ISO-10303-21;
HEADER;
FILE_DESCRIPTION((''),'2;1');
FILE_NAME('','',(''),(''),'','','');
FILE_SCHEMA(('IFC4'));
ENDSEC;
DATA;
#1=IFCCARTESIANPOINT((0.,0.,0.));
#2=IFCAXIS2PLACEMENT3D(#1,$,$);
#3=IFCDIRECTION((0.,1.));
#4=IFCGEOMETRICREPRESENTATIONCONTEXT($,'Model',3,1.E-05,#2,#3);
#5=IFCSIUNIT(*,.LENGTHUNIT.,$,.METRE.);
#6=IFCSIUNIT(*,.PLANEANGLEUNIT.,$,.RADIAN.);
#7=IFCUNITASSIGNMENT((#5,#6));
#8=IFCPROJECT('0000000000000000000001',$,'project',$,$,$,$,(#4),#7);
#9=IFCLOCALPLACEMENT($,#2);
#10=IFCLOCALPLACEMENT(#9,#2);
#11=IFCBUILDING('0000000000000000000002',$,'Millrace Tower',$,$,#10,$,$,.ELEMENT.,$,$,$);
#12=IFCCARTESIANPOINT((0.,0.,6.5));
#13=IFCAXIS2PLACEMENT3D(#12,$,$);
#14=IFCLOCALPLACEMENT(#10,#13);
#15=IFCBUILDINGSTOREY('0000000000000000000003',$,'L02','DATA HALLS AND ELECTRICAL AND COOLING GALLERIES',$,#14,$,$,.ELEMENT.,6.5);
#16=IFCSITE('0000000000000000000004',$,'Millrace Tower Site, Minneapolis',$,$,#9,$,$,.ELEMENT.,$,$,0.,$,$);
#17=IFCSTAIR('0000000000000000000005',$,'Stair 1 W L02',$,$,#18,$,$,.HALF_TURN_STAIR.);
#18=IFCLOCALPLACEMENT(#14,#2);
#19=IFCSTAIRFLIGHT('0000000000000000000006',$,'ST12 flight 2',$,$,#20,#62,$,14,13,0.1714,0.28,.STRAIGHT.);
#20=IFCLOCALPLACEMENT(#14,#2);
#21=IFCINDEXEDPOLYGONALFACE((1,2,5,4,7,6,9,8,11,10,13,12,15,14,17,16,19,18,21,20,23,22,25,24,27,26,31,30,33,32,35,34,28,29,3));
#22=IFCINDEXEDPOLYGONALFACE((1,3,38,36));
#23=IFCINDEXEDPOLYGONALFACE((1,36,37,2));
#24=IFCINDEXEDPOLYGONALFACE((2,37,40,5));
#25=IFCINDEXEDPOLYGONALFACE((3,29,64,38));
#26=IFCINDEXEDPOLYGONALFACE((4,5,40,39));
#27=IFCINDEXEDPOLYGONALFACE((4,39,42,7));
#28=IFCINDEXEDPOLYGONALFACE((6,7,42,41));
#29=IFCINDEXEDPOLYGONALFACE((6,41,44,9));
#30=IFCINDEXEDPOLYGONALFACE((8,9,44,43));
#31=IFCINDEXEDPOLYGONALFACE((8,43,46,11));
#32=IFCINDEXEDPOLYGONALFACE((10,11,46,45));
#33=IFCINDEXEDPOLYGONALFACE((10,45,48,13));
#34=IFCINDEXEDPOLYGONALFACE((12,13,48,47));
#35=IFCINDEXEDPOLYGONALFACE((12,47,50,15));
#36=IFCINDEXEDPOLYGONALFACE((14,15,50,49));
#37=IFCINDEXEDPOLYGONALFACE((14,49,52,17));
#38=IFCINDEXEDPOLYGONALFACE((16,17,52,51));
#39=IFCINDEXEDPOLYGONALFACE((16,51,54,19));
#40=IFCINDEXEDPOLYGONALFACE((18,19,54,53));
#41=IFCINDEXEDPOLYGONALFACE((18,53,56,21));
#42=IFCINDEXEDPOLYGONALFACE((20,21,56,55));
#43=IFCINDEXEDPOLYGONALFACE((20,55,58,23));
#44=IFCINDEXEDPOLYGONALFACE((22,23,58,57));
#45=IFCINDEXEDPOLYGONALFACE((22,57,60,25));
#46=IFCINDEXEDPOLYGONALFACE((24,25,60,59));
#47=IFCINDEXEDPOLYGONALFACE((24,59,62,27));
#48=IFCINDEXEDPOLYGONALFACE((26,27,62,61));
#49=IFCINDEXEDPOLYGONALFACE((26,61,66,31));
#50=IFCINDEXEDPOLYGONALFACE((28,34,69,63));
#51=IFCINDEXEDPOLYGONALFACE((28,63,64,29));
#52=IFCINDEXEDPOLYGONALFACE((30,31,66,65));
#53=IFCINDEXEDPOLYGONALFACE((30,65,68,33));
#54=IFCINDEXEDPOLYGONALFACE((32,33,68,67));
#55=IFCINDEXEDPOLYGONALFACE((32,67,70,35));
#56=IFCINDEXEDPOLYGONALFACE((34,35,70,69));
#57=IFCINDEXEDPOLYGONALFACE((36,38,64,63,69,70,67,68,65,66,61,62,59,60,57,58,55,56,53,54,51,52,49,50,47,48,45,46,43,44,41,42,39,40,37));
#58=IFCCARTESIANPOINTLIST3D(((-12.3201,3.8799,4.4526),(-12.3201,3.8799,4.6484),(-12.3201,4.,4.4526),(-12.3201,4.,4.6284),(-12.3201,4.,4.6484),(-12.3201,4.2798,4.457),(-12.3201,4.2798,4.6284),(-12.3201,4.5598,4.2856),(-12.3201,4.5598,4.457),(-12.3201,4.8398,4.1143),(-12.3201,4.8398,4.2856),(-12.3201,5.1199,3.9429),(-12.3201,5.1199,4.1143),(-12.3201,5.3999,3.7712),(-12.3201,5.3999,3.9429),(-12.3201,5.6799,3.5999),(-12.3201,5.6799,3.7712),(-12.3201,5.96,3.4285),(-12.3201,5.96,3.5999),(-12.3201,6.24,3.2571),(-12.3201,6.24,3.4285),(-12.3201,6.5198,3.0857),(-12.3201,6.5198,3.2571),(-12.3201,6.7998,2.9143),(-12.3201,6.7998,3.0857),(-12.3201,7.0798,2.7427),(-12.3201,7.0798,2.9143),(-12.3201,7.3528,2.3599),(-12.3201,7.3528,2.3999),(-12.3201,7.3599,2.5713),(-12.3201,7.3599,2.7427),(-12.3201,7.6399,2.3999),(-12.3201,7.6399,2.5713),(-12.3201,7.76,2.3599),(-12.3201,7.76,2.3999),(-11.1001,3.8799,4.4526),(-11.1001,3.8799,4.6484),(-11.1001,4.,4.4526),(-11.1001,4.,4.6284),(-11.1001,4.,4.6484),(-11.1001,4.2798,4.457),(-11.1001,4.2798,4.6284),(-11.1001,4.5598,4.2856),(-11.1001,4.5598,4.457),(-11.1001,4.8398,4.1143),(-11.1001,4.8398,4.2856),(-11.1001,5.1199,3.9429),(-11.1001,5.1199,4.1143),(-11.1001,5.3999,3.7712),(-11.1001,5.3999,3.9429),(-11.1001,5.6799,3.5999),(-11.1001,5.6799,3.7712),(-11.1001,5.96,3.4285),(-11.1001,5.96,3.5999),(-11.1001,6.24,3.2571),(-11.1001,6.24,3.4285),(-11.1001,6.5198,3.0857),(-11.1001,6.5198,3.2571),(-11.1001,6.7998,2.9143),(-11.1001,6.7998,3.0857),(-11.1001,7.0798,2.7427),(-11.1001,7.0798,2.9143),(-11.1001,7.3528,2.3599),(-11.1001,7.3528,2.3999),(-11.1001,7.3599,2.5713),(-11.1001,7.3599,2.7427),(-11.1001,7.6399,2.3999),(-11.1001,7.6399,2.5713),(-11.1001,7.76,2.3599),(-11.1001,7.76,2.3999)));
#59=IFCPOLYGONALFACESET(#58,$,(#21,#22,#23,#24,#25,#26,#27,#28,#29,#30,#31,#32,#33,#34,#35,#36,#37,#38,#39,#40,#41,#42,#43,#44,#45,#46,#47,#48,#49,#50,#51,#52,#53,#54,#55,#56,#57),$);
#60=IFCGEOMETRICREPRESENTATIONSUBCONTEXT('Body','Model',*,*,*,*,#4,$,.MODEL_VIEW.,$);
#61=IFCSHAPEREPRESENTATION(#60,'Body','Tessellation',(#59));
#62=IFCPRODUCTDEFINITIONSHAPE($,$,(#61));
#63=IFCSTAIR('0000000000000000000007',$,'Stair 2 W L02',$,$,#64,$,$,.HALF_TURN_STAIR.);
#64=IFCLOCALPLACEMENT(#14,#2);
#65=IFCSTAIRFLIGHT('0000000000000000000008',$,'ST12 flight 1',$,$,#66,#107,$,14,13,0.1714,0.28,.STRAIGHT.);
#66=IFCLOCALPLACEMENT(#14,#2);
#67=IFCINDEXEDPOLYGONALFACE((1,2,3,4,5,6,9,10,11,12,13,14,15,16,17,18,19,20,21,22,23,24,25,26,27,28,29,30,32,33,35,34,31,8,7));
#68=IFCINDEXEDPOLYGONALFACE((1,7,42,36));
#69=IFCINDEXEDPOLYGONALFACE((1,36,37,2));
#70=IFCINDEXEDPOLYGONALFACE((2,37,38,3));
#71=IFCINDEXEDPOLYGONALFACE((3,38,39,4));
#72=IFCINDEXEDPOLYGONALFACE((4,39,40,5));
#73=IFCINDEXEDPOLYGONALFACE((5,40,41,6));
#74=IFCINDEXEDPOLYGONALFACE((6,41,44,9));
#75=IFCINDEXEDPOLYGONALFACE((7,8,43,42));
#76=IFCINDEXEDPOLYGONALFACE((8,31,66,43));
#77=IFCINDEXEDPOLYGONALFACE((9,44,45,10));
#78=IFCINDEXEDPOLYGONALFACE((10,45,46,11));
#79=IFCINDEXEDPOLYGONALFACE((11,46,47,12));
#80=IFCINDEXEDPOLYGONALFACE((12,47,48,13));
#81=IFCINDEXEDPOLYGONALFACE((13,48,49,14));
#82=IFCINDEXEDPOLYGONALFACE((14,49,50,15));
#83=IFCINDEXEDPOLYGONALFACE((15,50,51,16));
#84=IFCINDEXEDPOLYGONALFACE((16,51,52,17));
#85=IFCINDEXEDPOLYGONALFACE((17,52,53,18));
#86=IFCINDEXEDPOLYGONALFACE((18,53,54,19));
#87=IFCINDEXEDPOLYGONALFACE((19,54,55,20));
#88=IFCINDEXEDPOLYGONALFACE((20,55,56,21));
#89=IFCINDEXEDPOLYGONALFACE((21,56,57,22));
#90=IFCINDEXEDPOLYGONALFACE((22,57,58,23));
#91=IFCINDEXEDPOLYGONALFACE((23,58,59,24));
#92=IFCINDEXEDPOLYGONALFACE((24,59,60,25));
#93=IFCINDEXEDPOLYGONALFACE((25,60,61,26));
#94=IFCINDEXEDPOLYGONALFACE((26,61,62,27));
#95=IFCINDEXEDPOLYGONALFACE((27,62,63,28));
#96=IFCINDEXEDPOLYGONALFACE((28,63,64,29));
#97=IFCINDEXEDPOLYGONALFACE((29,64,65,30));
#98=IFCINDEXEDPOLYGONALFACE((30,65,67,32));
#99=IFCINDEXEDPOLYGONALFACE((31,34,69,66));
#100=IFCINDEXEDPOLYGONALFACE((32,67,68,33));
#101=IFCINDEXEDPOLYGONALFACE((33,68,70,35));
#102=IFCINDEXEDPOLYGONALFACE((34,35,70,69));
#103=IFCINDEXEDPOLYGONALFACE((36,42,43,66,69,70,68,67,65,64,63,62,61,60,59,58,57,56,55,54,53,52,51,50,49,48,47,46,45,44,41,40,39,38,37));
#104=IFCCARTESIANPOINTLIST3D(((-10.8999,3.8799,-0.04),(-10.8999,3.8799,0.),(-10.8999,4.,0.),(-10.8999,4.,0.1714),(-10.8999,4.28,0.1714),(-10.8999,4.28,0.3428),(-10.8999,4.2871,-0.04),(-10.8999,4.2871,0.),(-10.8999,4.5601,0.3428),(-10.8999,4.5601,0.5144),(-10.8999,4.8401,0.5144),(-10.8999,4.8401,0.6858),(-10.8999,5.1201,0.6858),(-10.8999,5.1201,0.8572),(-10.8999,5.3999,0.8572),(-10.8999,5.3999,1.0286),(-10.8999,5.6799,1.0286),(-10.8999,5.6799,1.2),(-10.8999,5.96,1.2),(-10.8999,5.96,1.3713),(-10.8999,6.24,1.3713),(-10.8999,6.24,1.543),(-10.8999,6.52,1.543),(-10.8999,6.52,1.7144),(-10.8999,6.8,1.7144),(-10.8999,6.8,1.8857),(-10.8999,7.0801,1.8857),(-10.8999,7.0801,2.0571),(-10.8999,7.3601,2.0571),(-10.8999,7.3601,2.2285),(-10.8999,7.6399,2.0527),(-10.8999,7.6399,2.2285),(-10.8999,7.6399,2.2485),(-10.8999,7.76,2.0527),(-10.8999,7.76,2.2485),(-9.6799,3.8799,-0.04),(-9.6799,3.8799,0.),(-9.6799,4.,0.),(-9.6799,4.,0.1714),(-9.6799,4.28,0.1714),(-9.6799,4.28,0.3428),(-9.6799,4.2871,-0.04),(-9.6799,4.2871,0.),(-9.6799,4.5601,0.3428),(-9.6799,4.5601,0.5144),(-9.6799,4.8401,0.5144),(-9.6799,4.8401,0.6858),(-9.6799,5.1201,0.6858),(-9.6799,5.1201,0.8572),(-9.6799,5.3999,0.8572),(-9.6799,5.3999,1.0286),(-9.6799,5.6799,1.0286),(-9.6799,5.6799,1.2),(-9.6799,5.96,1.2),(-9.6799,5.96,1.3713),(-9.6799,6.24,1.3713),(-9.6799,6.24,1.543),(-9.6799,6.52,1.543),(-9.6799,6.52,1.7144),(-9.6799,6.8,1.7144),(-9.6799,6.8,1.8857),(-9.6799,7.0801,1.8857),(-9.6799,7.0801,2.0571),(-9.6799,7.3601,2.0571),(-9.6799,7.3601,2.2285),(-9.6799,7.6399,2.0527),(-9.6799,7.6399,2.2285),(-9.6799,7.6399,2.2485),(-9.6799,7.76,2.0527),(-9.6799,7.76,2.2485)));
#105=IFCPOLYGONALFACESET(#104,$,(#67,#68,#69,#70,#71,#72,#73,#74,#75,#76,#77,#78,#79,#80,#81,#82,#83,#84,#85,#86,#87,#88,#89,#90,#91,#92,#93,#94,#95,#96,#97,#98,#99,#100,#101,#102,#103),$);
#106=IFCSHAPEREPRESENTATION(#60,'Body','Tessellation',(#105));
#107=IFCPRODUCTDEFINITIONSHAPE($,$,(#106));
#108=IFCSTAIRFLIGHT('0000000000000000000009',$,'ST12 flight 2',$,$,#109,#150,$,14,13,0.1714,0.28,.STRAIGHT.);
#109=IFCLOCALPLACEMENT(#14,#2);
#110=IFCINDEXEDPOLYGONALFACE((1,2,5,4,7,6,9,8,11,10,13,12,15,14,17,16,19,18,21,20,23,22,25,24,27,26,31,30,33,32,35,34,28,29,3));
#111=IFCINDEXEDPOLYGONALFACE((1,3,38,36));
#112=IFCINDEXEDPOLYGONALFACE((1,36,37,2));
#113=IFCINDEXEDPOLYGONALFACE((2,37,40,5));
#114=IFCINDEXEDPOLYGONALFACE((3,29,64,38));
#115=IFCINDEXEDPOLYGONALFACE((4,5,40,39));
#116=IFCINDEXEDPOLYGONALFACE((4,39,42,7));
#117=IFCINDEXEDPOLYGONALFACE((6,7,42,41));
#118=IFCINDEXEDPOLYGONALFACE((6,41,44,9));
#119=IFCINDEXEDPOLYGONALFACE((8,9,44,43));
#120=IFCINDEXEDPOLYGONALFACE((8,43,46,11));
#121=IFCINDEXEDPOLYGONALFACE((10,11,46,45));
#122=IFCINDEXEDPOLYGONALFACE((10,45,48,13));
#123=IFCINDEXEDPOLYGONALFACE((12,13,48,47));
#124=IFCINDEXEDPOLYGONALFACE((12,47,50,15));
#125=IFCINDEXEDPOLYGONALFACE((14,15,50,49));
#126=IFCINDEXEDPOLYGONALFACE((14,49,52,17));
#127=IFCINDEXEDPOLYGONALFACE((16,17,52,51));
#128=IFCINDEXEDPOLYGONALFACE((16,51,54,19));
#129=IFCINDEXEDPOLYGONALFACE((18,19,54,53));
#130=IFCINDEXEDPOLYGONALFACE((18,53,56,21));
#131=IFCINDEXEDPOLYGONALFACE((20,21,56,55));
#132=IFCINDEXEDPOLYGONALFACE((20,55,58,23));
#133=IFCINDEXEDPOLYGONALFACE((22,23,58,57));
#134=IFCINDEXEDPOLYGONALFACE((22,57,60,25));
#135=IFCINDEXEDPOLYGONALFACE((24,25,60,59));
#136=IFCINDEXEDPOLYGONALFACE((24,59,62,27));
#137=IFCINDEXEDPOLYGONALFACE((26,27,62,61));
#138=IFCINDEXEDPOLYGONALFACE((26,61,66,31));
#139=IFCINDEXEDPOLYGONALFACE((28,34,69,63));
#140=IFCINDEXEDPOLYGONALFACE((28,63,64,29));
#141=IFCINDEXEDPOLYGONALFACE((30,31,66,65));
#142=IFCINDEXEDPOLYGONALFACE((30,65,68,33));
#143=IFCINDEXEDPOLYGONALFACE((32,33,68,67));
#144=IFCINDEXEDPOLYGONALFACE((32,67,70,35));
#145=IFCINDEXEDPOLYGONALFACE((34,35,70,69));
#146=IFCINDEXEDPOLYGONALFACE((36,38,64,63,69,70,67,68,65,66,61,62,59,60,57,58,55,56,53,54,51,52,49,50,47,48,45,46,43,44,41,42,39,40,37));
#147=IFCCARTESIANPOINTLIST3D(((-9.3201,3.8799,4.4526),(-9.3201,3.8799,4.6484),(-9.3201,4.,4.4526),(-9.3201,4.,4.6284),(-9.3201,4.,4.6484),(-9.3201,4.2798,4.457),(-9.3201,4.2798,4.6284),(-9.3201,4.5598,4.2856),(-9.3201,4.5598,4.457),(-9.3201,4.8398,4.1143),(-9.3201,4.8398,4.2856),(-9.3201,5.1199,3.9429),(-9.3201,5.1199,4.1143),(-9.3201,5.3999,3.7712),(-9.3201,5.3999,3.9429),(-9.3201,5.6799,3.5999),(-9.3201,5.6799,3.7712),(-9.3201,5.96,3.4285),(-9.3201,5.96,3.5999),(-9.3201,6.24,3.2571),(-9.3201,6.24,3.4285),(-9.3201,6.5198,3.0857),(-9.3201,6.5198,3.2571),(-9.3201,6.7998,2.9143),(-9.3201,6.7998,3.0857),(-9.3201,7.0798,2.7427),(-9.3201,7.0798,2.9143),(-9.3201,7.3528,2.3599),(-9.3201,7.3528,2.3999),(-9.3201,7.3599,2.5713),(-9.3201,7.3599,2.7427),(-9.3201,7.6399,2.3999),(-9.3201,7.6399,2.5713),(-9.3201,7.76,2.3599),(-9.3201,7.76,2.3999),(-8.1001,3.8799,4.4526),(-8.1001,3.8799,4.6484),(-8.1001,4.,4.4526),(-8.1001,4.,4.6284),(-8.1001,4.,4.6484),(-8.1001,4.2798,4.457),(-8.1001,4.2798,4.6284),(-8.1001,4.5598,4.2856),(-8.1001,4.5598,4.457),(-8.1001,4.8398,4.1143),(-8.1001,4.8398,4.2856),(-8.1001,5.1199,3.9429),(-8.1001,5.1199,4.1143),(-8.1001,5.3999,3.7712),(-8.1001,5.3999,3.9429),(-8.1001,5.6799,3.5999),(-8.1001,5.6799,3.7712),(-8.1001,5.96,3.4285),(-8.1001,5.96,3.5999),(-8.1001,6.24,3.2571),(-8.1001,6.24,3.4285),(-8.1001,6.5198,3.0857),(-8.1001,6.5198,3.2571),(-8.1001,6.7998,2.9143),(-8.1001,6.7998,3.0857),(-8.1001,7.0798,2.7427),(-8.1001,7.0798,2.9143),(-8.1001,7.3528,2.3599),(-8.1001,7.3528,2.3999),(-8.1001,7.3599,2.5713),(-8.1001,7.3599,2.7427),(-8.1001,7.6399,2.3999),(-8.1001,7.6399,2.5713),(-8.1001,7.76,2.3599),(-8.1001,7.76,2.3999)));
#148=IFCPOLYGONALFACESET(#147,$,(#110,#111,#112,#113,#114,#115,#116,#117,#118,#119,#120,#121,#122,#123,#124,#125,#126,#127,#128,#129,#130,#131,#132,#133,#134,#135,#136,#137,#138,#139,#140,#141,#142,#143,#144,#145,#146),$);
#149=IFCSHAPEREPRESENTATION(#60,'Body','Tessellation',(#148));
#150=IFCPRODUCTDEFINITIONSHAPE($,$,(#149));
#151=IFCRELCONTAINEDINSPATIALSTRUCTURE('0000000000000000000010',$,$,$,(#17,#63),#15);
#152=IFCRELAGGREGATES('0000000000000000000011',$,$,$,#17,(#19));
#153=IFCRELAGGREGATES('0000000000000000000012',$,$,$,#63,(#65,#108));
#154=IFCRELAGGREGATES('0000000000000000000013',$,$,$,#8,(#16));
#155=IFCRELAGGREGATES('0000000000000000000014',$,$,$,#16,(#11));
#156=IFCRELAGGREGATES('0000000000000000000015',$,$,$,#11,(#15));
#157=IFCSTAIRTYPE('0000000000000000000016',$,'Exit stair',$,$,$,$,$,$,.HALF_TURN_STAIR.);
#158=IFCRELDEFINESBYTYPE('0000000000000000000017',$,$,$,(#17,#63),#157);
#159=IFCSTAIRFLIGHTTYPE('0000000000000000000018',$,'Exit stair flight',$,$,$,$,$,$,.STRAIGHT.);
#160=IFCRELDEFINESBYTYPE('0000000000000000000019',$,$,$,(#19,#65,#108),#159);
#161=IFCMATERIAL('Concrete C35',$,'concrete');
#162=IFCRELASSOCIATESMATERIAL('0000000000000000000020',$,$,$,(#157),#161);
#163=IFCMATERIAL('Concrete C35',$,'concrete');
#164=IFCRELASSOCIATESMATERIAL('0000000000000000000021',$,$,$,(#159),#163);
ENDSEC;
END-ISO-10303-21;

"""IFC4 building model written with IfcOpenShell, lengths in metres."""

from ifc_helpers import new_model, si_unit, direction, frame, origin, place, context, subcontext, project, spatial, polyline, outline, extrude, material, type_object, element, aggregate, save


model = new_model("IFC4")

# Units and contexts
model_context = context("Model", 3, precision=1e-05, world=origin(), true_north=direction((0.0, 1.0)))
body_context = subcontext(model_context, "Body", "Model", "MODEL_VIEW")
ifc_project = project(units=[si_unit("LENGTHUNIT", "METRE"), si_unit("PLANEANGLEUNIT", "RADIAN")], contexts=[model_context])

# Site, building, storey
site_placement = place(None, origin())
site = spatial("IfcSite", under=ifc_project, at=site_placement, Name="Millrace Tower Site, Minneapolis", CompositionType="ELEMENT", RefElevation=0.0)
building_placement = place(site_placement, origin())
building = spatial("IfcBuilding", under=site, at=building_placement, Name="Millrace Tower", CompositionType="ELEMENT")
storey_placement = place(building_placement, frame((0.0, 0.0, 6.5)))
storey = spatial("IfcBuildingStorey", under=building, at=storey_placement, Name="L02", Description="DATA HALLS AND ELECTRICAL AND COOLING GALLERIES", CompositionType="ELEMENT", Elevation=6.5)

# Shared definitions
placement = place(storey_placement, origin())

# Stair, stair flight
ifc_material_1 = material(Name="Concrete C35", Category="concrete")
stair_type = type_object("IfcStairType", Name="Exit stair", PredefinedType="HALF_TURN_STAIR", material=ifc_material_1)
stair_1 = element("IfcStair", 1, at=placement, inside=storey, type_object=stair_type, Name="Stair 1 W L02", PredefinedType="HALF_TURN_STAIR")
ifc_material_2 = material(Name="Concrete C35", Category="concrete")
stair_flight_type = type_object("IfcStairFlightType", Name="Exit stair flight", PredefinedType="STRAIGHT", material=ifc_material_2)
stair_flight_1_placement = place(storey_placement, frame((-11.71, 7.6399, 2.3999), z_axis=(0.0, 0.0, 1.0), x_axis=(0.0, -1.0, 0.0)))
stair_flight_1 = element("IfcStairFlight", 2, at=stair_flight_1_placement, type_object=stair_flight_type, Name="ST12 flight 2", NumberOfRisers=14, NumberOfTreads=13, PredefinedType="STRAIGHT", RiserHeight=0.1714, TreadLength=0.28, context=body_context, shape_type="SweptSolid", body=[
    extrude(outline(polyline([(-0.1201, -0.04), (-0.1201, 0.0), (0.0, 0.0), (0.0, 0.1714), (0.28, 0.1714), (0.28, 0.3428), (0.5601, 0.3428), (0.5601, 0.5144), (0.8401, 0.5144), (0.8401, 0.6858), (1.1201, 0.6858), (1.1201, 0.8572), (1.3999, 0.8572), (1.3999, 1.0286), (1.6799, 1.0286), (1.6799, 1.2), (1.96, 1.2), (1.96, 1.3713), (2.24, 1.3713), (2.24, 1.543), (2.52, 1.543), (2.52, 1.7144), (2.8, 1.7144), (2.8, 1.8857), (3.0801, 1.8857), (3.0801, 2.0571), (3.3601, 2.0571), (3.3601, 2.2285), (3.6399, 2.2285), (3.6399, 2.2485), (3.76, 2.2485), (3.76, 2.0527), (3.6399, 2.0527), (0.2871, 0.0), (0.2871, -0.04), (-0.1201, -0.04)])), frame((0.0, 0.6099, 0.0), z_axis=(0.0, -1.0, 0.0), x_axis=(1.0, 0.0, 0.0)), (0.0, 0.0, 1.0), 1.22),
])
aggregate(stair_1, [stair_flight_1])

# Stair, stair flights
stair_2 = element("IfcStair", 3, at=placement, inside=storey, type_object=stair_type, Name="Stair 2 W L02", PredefinedType="HALF_TURN_STAIR")
stair_flight_2_placement = place(storey_placement, frame((-10.29, 4.0, 0.0), z_axis=(0.0, 0.0, 1.0), x_axis=(0.0, 1.0, 0.0)))
stair_flight_2 = element("IfcStairFlight", 4, at=stair_flight_2_placement, type_object=stair_flight_type, Name="ST12 flight 1", NumberOfRisers=14, NumberOfTreads=13, PredefinedType="STRAIGHT", RiserHeight=0.1714, TreadLength=0.28, context=body_context, shape_type="SweptSolid", body=[
    extrude(outline(polyline([(-0.1201, -0.04), (-0.1201, 0.0), (0.0, 0.0), (0.0, 0.1714), (0.28, 0.1714), (0.28, 0.3428), (0.5601, 0.3428), (0.5601, 0.5144), (0.8401, 0.5144), (0.8401, 0.6858), (1.1201, 0.6858), (1.1201, 0.8572), (1.3999, 0.8572), (1.3999, 1.0286), (1.6799, 1.0286), (1.6799, 1.2), (1.96, 1.2), (1.96, 1.3713), (2.24, 1.3713), (2.24, 1.543), (2.52, 1.543), (2.52, 1.7144), (2.8, 1.7144), (2.8, 1.8857), (3.0801, 1.8857), (3.0801, 2.0571), (3.3601, 2.0571), (3.3601, 2.2285), (3.6399, 2.2285), (3.6399, 2.2485), (3.76, 2.2485), (3.76, 2.0527), (3.6399, 2.0527), (0.2871, 0.0), (0.2871, -0.04), (-0.1201, -0.04)])), frame((0.0, 0.6099, 0.0), z_axis=(0.0, -1.0, 0.0), x_axis=(1.0, 0.0, 0.0)), (0.0, 0.0, 1.0), 1.22),
])
stair_flight_3_placement = place(storey_placement, frame((-8.71, 7.6399, 2.3999), z_axis=(0.0, 0.0, 1.0), x_axis=(0.0, -1.0, 0.0)))
stair_flight_3 = element("IfcStairFlight", 5, at=stair_flight_3_placement, type_object=stair_flight_type, Name="ST12 flight 2", NumberOfRisers=14, NumberOfTreads=13, PredefinedType="STRAIGHT", RiserHeight=0.1714, TreadLength=0.28, context=body_context, shape_type="SweptSolid", body=[
    extrude(outline(polyline([(-0.1201, -0.04), (-0.1201, 0.0), (0.0, 0.0), (0.0, 0.1714), (0.28, 0.1714), (0.28, 0.3428), (0.5601, 0.3428), (0.5601, 0.5144), (0.8401, 0.5144), (0.8401, 0.6858), (1.1201, 0.6858), (1.1201, 0.8572), (1.3999, 0.8572), (1.3999, 1.0286), (1.6799, 1.0286), (1.6799, 1.2), (1.96, 1.2), (1.96, 1.3713), (2.24, 1.3713), (2.24, 1.543), (2.52, 1.543), (2.52, 1.7144), (2.8, 1.7144), (2.8, 1.8857), (3.0801, 1.8857), (3.0801, 2.0571), (3.3601, 2.0571), (3.3601, 2.2285), (3.6399, 2.2285), (3.6399, 2.2485), (3.76, 2.2485), (3.76, 2.0527), (3.6399, 2.0527), (0.2871, 0.0), (0.2871, -0.04), (-0.1201, -0.04)])), frame((0.0, 0.6099, 0.0), z_axis=(0.0, -1.0, 0.0), x_axis=(1.0, 0.0, 0.0)), (0.0, 0.0, 1.0), 1.22),
])
aggregate(stair_2, [stair_flight_2, stair_flight_3])

save(model, "model.ifc")
